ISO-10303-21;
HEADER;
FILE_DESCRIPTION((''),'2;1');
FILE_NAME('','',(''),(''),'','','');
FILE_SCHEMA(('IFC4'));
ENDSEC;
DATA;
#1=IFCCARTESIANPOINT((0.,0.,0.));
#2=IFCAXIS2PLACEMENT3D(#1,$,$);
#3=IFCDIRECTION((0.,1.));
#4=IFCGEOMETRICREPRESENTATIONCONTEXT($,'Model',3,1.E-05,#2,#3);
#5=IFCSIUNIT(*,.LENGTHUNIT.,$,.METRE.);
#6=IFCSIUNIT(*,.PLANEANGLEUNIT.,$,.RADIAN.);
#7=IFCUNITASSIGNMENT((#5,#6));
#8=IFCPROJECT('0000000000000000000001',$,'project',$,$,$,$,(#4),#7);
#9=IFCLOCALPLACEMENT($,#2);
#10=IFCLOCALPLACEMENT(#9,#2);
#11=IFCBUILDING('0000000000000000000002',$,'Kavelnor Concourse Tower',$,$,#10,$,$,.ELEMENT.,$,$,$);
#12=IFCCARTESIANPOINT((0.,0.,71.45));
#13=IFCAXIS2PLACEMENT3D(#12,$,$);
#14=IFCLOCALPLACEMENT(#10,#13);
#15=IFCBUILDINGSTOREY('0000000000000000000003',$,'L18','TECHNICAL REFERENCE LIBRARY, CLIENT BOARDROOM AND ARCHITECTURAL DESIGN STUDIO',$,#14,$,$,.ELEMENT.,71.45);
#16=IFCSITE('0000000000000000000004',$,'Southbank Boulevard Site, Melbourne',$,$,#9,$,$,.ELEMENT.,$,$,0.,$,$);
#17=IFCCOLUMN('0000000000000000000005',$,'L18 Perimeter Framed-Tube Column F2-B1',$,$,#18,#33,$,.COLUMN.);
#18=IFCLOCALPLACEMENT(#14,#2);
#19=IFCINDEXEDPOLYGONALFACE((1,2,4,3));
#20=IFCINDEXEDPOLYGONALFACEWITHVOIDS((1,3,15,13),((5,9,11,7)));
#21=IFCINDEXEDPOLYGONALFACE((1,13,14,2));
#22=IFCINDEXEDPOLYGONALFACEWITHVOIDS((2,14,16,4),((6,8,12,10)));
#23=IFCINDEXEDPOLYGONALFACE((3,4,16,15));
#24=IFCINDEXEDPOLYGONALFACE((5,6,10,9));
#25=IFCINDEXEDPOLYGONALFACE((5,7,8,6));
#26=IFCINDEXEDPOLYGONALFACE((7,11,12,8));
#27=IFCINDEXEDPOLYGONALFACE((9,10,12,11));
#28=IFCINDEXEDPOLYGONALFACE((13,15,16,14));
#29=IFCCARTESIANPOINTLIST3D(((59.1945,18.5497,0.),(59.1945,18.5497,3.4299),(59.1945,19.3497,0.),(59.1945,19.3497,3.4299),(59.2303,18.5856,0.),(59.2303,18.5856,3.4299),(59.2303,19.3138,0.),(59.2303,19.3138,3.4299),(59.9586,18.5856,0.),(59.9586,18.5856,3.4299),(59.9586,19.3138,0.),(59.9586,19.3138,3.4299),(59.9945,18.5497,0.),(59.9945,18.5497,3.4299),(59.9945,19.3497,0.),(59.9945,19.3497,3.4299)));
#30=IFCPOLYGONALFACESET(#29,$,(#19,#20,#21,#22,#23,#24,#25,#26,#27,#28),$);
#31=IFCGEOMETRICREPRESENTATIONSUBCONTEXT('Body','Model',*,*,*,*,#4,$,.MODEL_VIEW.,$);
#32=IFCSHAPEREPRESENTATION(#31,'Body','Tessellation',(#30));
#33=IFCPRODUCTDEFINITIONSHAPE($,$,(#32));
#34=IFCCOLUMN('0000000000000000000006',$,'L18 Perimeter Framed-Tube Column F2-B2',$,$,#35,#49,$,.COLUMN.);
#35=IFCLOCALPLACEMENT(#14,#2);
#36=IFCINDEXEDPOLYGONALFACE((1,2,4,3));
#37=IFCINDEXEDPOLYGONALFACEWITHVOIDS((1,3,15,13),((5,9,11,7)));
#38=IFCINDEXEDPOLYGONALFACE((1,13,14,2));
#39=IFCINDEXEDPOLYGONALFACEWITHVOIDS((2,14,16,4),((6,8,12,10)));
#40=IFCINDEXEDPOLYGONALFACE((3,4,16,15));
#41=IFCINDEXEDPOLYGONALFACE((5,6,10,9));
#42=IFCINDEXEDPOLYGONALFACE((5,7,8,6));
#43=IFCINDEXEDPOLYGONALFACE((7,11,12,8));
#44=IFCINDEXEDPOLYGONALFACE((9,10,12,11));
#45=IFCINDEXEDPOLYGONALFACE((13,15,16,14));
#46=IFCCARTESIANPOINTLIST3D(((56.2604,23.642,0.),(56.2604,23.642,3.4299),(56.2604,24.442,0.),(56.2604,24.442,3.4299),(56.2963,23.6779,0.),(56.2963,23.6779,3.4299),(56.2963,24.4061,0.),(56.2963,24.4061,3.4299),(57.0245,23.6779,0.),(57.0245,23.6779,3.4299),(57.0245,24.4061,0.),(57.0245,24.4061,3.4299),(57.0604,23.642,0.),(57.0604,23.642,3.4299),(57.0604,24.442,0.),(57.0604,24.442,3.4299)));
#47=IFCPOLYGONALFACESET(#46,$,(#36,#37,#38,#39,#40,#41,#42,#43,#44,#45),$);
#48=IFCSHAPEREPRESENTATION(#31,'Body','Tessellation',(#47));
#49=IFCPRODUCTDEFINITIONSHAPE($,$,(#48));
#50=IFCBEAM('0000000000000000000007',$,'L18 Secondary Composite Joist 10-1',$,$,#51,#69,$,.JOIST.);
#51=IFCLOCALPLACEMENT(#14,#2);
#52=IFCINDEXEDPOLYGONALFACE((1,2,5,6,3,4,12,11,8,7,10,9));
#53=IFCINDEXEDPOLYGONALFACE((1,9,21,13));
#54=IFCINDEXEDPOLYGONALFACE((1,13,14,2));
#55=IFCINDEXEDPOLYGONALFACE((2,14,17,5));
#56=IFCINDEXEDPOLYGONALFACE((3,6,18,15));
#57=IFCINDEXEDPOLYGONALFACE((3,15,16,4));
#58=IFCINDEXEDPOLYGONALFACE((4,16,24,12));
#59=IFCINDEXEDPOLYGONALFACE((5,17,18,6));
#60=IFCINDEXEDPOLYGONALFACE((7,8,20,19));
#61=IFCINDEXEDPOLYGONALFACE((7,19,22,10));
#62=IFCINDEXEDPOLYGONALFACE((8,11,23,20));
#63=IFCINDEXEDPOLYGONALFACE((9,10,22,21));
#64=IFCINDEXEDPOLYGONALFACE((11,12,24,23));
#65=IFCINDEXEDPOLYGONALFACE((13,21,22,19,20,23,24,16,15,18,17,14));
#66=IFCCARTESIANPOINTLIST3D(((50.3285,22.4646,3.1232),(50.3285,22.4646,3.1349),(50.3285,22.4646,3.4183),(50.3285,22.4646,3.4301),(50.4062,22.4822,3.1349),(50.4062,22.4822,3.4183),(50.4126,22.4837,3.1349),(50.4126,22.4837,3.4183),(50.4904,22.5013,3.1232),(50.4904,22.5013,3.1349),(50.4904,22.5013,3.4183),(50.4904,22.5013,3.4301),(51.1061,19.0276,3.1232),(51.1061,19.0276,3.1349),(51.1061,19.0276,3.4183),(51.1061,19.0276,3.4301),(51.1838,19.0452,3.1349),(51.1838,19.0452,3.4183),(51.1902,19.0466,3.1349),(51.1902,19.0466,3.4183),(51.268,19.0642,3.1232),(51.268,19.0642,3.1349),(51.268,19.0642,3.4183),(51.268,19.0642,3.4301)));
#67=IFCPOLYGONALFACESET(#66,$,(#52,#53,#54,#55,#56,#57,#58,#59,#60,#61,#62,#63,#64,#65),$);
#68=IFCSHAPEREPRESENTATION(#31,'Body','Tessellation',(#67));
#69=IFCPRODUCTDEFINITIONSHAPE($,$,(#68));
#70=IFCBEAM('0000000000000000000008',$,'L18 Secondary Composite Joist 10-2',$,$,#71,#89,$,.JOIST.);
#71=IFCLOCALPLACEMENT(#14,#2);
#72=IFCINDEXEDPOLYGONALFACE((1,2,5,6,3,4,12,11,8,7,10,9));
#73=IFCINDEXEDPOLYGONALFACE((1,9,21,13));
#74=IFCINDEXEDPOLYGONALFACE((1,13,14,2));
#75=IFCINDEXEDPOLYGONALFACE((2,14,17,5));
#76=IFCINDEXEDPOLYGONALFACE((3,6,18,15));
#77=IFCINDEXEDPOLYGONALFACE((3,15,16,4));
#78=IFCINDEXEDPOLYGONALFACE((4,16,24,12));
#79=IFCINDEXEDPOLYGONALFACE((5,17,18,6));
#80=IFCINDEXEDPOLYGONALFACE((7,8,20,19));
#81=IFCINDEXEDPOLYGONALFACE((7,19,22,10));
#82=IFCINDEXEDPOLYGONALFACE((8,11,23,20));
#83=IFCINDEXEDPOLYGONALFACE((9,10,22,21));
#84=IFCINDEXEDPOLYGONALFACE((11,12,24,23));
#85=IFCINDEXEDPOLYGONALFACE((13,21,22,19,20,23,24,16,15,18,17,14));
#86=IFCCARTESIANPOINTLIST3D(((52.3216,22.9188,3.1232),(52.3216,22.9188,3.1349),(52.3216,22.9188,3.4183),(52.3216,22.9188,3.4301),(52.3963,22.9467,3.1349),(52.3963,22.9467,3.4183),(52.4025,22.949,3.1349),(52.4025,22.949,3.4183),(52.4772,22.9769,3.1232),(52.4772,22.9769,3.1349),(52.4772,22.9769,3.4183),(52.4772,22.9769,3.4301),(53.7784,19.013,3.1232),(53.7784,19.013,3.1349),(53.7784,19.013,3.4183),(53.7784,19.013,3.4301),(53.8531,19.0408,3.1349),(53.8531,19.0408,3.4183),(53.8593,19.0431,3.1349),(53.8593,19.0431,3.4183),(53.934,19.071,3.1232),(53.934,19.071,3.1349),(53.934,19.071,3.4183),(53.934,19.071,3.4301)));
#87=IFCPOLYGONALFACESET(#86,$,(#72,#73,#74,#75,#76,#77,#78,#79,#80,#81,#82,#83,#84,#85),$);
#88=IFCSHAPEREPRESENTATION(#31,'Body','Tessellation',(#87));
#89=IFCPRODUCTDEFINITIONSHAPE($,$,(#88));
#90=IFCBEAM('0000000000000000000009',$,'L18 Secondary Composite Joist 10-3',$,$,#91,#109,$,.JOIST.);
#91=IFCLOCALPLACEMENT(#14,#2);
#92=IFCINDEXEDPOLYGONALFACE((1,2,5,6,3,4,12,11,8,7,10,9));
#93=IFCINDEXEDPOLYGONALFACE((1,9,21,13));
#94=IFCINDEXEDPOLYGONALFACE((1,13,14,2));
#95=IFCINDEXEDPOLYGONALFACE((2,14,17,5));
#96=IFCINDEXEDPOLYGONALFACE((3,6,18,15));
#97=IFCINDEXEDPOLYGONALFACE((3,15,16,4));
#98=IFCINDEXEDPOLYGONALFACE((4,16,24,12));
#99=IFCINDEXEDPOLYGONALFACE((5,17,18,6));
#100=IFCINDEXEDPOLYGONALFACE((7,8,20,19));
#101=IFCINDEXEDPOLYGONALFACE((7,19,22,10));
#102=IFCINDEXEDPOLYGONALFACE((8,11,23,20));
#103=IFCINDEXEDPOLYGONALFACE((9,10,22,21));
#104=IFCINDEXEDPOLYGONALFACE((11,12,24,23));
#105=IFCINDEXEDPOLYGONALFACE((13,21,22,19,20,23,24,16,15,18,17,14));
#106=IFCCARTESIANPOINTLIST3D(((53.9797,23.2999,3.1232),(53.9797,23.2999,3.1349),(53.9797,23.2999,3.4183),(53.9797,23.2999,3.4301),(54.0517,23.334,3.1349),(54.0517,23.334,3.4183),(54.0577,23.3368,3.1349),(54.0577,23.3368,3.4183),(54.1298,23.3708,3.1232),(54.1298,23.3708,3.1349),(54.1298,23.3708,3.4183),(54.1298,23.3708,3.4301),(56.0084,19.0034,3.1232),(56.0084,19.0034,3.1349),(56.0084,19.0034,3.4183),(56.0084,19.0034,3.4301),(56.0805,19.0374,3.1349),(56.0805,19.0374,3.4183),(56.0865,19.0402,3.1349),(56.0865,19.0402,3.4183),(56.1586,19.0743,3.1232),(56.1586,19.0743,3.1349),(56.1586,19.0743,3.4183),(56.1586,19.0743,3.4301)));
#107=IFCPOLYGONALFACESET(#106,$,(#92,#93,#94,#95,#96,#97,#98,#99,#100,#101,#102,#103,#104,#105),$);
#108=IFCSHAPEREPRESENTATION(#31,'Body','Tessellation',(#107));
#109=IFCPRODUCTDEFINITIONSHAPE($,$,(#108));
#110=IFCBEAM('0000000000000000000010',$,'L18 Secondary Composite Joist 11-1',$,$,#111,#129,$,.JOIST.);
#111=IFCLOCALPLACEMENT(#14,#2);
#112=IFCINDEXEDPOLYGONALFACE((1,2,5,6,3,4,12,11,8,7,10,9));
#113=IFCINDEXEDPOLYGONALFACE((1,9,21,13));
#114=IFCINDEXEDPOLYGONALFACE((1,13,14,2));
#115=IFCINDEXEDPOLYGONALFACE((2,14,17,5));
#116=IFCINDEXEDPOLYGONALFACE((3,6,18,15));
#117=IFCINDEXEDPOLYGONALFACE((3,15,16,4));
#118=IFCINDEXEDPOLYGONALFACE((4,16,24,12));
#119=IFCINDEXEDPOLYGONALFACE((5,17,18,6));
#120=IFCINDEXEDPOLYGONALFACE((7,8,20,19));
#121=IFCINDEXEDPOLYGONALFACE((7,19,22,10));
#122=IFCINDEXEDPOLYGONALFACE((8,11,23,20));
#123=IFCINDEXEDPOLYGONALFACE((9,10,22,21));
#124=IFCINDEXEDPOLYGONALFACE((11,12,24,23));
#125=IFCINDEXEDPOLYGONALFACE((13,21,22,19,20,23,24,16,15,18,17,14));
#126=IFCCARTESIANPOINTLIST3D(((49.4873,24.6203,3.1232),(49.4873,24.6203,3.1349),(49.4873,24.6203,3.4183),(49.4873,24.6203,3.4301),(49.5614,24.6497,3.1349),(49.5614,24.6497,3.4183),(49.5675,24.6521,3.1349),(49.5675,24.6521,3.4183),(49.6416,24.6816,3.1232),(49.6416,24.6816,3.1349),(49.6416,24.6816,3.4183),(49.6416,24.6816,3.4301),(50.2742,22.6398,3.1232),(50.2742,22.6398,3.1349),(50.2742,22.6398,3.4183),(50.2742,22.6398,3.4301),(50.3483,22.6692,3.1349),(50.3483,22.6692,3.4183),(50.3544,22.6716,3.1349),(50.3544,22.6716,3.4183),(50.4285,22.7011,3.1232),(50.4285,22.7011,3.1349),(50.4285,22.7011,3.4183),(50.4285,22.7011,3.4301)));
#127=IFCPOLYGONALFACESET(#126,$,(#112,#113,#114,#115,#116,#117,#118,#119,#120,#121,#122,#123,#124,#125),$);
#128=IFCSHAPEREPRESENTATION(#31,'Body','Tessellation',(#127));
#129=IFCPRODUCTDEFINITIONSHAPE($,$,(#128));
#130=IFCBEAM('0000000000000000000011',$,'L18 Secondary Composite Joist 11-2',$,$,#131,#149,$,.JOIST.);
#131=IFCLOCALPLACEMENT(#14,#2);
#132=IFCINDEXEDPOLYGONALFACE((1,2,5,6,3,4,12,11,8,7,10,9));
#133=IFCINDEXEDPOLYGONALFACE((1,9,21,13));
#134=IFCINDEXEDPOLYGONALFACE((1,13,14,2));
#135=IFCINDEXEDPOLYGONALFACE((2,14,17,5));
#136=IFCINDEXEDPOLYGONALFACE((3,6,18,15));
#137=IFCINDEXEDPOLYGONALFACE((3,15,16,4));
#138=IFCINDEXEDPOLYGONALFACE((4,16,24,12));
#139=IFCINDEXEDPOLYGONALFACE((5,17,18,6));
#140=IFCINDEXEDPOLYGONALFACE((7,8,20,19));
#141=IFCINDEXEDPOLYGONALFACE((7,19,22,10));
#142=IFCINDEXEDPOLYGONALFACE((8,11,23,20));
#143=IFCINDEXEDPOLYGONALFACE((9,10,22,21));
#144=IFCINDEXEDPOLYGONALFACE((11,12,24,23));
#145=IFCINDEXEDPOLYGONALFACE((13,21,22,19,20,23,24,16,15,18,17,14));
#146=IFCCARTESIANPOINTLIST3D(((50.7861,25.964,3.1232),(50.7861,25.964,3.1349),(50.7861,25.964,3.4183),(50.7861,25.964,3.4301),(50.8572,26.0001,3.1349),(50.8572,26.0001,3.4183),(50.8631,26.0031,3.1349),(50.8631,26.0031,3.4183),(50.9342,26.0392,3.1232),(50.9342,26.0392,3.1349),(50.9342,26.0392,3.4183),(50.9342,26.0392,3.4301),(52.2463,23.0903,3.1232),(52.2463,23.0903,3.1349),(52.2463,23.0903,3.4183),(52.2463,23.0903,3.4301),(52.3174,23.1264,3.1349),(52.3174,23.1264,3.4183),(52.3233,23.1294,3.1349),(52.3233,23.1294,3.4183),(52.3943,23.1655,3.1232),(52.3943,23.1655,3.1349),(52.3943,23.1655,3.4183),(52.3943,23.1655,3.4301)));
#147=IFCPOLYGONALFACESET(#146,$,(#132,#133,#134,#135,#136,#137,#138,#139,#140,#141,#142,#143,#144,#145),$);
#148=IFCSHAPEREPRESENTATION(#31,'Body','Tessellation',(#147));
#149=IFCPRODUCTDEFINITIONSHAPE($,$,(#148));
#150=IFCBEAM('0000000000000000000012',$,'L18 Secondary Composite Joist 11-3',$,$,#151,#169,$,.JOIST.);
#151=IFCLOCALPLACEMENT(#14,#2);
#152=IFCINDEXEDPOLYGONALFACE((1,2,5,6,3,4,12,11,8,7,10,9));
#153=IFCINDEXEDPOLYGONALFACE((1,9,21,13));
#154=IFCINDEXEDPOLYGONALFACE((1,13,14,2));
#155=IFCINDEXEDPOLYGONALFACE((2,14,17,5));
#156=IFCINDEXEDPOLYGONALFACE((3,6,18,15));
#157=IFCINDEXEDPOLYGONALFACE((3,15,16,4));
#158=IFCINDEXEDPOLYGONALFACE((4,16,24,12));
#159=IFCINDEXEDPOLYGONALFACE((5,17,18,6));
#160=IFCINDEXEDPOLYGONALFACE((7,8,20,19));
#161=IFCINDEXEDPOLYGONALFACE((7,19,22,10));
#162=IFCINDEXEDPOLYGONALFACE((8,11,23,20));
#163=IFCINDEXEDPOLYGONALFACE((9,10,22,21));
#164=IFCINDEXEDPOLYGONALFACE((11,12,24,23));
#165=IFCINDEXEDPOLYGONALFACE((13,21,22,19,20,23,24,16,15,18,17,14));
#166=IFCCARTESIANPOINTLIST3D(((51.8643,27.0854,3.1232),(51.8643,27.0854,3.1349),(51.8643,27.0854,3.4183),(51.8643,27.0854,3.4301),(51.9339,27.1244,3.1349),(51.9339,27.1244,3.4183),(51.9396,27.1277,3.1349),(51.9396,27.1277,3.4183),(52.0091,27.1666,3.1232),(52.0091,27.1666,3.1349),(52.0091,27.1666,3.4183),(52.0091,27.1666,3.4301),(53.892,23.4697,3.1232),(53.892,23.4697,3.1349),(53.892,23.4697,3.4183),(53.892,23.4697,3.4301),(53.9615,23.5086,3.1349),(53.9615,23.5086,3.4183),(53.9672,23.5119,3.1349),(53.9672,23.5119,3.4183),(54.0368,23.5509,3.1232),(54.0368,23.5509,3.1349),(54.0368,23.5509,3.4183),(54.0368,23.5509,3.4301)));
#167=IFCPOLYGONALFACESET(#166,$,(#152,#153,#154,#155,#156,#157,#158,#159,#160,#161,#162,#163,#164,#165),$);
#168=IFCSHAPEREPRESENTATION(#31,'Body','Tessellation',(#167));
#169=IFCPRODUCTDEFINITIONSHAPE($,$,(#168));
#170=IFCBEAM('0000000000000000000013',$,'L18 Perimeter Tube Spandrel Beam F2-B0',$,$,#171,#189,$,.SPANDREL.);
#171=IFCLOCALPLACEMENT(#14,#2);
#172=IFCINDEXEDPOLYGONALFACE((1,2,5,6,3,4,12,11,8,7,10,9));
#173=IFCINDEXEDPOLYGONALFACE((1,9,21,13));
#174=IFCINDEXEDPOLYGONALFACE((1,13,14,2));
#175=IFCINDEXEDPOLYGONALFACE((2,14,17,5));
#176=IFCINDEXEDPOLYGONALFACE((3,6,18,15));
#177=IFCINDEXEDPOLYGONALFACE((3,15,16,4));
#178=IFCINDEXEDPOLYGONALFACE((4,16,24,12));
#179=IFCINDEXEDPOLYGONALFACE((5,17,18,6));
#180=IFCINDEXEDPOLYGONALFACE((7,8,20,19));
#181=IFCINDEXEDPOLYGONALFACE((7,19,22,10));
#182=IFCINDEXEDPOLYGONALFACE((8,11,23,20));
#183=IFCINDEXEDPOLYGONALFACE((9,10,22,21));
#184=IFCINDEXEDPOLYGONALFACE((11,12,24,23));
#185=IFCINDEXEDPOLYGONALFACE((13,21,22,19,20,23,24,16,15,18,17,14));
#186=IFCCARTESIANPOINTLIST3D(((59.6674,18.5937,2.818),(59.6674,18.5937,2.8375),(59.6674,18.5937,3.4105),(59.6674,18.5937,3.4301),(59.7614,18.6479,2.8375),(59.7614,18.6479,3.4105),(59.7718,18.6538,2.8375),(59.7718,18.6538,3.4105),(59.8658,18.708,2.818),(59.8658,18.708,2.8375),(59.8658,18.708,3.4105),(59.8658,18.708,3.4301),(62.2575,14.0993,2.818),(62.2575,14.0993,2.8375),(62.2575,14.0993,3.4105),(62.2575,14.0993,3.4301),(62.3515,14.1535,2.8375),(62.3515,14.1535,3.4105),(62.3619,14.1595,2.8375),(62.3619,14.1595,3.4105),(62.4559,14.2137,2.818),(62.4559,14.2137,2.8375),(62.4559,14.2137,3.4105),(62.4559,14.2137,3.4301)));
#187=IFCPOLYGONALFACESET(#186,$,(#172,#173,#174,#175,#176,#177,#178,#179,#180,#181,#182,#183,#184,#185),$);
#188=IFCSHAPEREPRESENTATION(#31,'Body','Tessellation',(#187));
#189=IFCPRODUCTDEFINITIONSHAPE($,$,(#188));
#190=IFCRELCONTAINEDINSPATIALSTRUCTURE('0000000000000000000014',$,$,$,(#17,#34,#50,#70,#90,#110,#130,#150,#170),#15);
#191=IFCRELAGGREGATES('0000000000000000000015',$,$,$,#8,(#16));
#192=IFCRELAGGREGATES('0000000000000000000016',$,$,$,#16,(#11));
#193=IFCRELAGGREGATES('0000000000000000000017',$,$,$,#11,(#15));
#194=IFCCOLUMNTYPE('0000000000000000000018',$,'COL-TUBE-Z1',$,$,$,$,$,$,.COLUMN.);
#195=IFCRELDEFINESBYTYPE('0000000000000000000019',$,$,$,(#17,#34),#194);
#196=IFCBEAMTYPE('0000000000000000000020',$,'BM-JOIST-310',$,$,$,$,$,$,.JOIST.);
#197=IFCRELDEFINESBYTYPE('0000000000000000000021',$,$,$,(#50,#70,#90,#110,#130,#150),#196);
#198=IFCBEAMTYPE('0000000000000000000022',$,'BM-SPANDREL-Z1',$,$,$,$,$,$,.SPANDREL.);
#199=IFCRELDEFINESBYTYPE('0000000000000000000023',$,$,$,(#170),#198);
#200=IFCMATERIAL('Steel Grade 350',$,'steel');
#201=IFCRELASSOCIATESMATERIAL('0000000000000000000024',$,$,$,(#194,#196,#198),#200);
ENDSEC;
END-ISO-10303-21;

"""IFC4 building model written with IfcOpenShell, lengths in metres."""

from ifc_helpers import new_model, si_unit, direction, frame, origin, origin_2d, place, context, subcontext, project, spatial, hollow_rectangle, i_section, extrude, material, material_profile, profile_set, type_object, element, save


model = new_model("IFC4")

# Units and contexts
model_context = context("Model", 3, precision=1e-05, world=origin(), true_north=direction((0.0, 1.0)))
body_context = subcontext(model_context, "Body", "Model", "MODEL_VIEW")
ifc_project = project(units=[si_unit("LENGTHUNIT", "METRE"), si_unit("PLANEANGLEUNIT", "RADIAN")], contexts=[model_context])

# Site, building, storey
site_placement = place(None, origin())
site = spatial("IfcSite", under=ifc_project, at=site_placement, Name="Southbank Boulevard Site, Melbourne", CompositionType="ELEMENT", RefElevation=0.0)
building_placement = place(site_placement, origin())
building = spatial("IfcBuilding", under=site, at=building_placement, Name="Kavelnor Concourse Tower", CompositionType="ELEMENT")
storey_placement = place(building_placement, frame((0.0, 0.0, 71.45)))
storey = spatial("IfcBuildingStorey", under=building, at=storey_placement, Name="L18", Description="TECHNICAL REFERENCE LIBRARY, CLIENT BOARDROOM AND ARCHITECTURAL DESIGN STUDIO", CompositionType="ELEMENT", Elevation=71.45)

# Columns
ifc_material_1 = material(Name="Steel Grade 350", Category="steel")
ifc_material_profile_1 = material_profile(ifc_material_1, hollow_rectangle(XDim=0.8, YDim=0.8, WallThickness=0.0359, at=origin_2d()), Name="SHS 800x800x36")
ifc_profile_set_1 = profile_set([ifc_material_profile_1], Name="Steel Grade 350")
column_type = type_object("IfcColumnType", Name="COL-TUBE-Z1", PredefinedType="COLUMN", material=ifc_profile_set_1)
for number, where, z_axis, x_axis, name in (
    (1, (59.5945, 18.9497, 0.0), (0.0, 0.0, 1.0), (1.0, 0.0, 0.0), "L18 Perimeter Framed-Tube Column F2-B1"),
    (2, (56.6604, 24.042, 0.0), (0.0, 0.0, 1.0), (1.0, 0.0, 0.0), "L18 Perimeter Framed-Tube Column F2-B2"),
):
    element("IfcColumn", number, at=place(storey_placement, frame(where, z_axis=z_axis, x_axis=x_axis)), inside=storey, type_object=column_type, Name=name, PredefinedType="COLUMN", context=body_context, shape_type="SweptSolid", body=[
        extrude(hollow_rectangle(XDim=0.8, YDim=0.8, WallThickness=0.0359, at=origin_2d()), origin(), (0.0, 0.0, 1.0), 3.4299),
    ])

# Beams
ifc_material_profile_2 = material_profile(ifc_material_1, i_section(OverallWidth=0.166, OverallDepth=0.3069, WebThickness=0.0066, FlangeThickness=0.0117, at=origin_2d()), Name="310UB46")
ifc_profile_set_2 = profile_set([ifc_material_profile_2], Name="Steel Grade 350")
beam_type_1 = type_object("IfcBeamType", Name="BM-JOIST-310", PredefinedType="JOIST", material=ifc_profile_set_2)
beam_1_placement = place(storey_placement, frame((51.187, 19.0459, 3.2766), z_axis=(-0.220663, 0.97535, 0.0), x_axis=(-0.97535, -0.220663, 0.0)))
element("IfcBeam", 3, at=beam_1_placement, inside=storey, type_object=beam_type_1, Name="L18 Secondary Composite Joist 10-1", PredefinedType="JOIST", context=body_context, shape_type="SweptSolid", body=[
    extrude(i_section(OverallWidth=0.166, OverallDepth=0.3069, WebThickness=0.0066, FlangeThickness=0.0117, at=origin_2d()), origin(), (0.0, 0.0, 1.0), 3.5239),
])
beam_2_placement = place(storey_placement, frame((53.8562, 19.042, 3.2766), z_axis=(-0.349467, 0.936949, 0.0), x_axis=(-0.936949, -0.349467, 0.0)))
element("IfcBeam", 4, at=beam_2_placement, inside=storey, type_object=beam_type_1, Name="L18 Secondary Composite Joist 10-2", PredefinedType="JOIST", context=body_context, shape_type="SweptSolid", body=[
    extrude(i_section(OverallWidth=0.166, OverallDepth=0.3069, WebThickness=0.0066, FlangeThickness=0.0117, at=origin_2d()), origin(), (0.0, 0.0, 1.0), 4.1687),
])
beam_3_placement = place(storey_placement, frame((56.0835, 19.0388, 3.2766), z_axis=(-0.426979, 0.904261, 0.0), x_axis=(-0.904261, -0.426979, 0.0)))
element("IfcBeam", 5, at=beam_3_placement, inside=storey, type_object=beam_type_1, Name="L18 Secondary Composite Joist 10-3", PredefinedType="JOIST", context=body_context, shape_type="SweptSolid", body=[
    extrude(i_section(OverallWidth=0.166, OverallDepth=0.3069, WebThickness=0.0066, FlangeThickness=0.0117, at=origin_2d()), origin(), (0.0, 0.0, 1.0), 4.7515),
])
beam_4_placement = place(storey_placement, frame((50.3513, 22.6704, 3.2766), z_axis=(-0.369237, 0.929335, 0.0), x_axis=(-0.929335, -0.369237, 0.0)))
element("IfcBeam", 6, at=beam_4_placement, inside=storey, type_object=beam_type_1, Name="L18 Secondary Composite Joist 11-1", PredefinedType="JOIST", context=body_context, shape_type="SweptSolid", body=[
    extrude(i_section(OverallWidth=0.166, OverallDepth=0.3069, WebThickness=0.0066, FlangeThickness=0.0117, at=origin_2d()), origin(), (0.0, 0.0, 1.0), 2.1311),
])
beam_5_placement = place(storey_placement, frame((52.3203, 23.1279, 3.2766), z_axis=(-0.452991, 0.891515, 0.0), x_axis=(-0.891515, -0.452991, 0.0)))
element("IfcBeam", 7, at=beam_5_placement, inside=storey, type_object=beam_type_1, Name="L18 Secondary Composite Joist 11-2", PredefinedType="JOIST", context=body_context, shape_type="SweptSolid", body=[
    extrude(i_section(OverallWidth=0.166, OverallDepth=0.3069, WebThickness=0.0066, FlangeThickness=0.0117, at=origin_2d()), origin(), (0.0, 0.0, 1.0), 3.2234),
])
beam_6_placement = place(storey_placement, frame((53.9644, 23.5103, 3.2766), z_axis=(-0.489114, 0.87222, 0.0), x_axis=(-0.87222, -0.489114, 0.0)))
element("IfcBeam", 8, at=beam_6_placement, inside=storey, type_object=beam_type_1, Name="L18 Secondary Composite Joist 11-3", PredefinedType="JOIST", context=body_context, shape_type="SweptSolid", body=[
    extrude(i_section(OverallWidth=0.166, OverallDepth=0.3069, WebThickness=0.0066, FlangeThickness=0.0117, at=origin_2d()), origin(), (0.0, 0.0, 1.0), 4.1455),
])
ifc_material_profile_3 = material_profile(ifc_material_1, i_section(OverallWidth=0.229, OverallDepth=0.6121, WebThickness=0.012, FlangeThickness=0.0195, at=origin_2d()), Name="610UB125")
ifc_profile_set_3 = profile_set([ifc_material_profile_3], Name="Steel Grade 350")
beam_type_2 = type_object("IfcBeamType", Name="BM-SPANDREL-Z1", PredefinedType="SPANDREL", material=ifc_profile_set_3)
for number, where, z_axis, x_axis, name in (
    (9, (62.3567, 14.1565, 3.124), (-0.499314, 0.866421, 0.0), (-0.866421, -0.499314, 0.0), "L18 Perimeter Tube Spandrel Beam F2-B0"),
):
    element("IfcBeam", number, at=place(storey_placement, frame(where, z_axis=z_axis, x_axis=x_axis)), inside=storey, type_object=beam_type_2, Name=name, PredefinedType="SPANDREL", context=body_context, shape_type="SweptSolid", body=[
        extrude(i_section(OverallWidth=0.229, OverallDepth=0.6121, WebThickness=0.012, FlangeThickness=0.0195, at=origin_2d()), origin(), (0.0, 0.0, 1.0), 5.1873),
    ])

save(model, "model.ifc")
